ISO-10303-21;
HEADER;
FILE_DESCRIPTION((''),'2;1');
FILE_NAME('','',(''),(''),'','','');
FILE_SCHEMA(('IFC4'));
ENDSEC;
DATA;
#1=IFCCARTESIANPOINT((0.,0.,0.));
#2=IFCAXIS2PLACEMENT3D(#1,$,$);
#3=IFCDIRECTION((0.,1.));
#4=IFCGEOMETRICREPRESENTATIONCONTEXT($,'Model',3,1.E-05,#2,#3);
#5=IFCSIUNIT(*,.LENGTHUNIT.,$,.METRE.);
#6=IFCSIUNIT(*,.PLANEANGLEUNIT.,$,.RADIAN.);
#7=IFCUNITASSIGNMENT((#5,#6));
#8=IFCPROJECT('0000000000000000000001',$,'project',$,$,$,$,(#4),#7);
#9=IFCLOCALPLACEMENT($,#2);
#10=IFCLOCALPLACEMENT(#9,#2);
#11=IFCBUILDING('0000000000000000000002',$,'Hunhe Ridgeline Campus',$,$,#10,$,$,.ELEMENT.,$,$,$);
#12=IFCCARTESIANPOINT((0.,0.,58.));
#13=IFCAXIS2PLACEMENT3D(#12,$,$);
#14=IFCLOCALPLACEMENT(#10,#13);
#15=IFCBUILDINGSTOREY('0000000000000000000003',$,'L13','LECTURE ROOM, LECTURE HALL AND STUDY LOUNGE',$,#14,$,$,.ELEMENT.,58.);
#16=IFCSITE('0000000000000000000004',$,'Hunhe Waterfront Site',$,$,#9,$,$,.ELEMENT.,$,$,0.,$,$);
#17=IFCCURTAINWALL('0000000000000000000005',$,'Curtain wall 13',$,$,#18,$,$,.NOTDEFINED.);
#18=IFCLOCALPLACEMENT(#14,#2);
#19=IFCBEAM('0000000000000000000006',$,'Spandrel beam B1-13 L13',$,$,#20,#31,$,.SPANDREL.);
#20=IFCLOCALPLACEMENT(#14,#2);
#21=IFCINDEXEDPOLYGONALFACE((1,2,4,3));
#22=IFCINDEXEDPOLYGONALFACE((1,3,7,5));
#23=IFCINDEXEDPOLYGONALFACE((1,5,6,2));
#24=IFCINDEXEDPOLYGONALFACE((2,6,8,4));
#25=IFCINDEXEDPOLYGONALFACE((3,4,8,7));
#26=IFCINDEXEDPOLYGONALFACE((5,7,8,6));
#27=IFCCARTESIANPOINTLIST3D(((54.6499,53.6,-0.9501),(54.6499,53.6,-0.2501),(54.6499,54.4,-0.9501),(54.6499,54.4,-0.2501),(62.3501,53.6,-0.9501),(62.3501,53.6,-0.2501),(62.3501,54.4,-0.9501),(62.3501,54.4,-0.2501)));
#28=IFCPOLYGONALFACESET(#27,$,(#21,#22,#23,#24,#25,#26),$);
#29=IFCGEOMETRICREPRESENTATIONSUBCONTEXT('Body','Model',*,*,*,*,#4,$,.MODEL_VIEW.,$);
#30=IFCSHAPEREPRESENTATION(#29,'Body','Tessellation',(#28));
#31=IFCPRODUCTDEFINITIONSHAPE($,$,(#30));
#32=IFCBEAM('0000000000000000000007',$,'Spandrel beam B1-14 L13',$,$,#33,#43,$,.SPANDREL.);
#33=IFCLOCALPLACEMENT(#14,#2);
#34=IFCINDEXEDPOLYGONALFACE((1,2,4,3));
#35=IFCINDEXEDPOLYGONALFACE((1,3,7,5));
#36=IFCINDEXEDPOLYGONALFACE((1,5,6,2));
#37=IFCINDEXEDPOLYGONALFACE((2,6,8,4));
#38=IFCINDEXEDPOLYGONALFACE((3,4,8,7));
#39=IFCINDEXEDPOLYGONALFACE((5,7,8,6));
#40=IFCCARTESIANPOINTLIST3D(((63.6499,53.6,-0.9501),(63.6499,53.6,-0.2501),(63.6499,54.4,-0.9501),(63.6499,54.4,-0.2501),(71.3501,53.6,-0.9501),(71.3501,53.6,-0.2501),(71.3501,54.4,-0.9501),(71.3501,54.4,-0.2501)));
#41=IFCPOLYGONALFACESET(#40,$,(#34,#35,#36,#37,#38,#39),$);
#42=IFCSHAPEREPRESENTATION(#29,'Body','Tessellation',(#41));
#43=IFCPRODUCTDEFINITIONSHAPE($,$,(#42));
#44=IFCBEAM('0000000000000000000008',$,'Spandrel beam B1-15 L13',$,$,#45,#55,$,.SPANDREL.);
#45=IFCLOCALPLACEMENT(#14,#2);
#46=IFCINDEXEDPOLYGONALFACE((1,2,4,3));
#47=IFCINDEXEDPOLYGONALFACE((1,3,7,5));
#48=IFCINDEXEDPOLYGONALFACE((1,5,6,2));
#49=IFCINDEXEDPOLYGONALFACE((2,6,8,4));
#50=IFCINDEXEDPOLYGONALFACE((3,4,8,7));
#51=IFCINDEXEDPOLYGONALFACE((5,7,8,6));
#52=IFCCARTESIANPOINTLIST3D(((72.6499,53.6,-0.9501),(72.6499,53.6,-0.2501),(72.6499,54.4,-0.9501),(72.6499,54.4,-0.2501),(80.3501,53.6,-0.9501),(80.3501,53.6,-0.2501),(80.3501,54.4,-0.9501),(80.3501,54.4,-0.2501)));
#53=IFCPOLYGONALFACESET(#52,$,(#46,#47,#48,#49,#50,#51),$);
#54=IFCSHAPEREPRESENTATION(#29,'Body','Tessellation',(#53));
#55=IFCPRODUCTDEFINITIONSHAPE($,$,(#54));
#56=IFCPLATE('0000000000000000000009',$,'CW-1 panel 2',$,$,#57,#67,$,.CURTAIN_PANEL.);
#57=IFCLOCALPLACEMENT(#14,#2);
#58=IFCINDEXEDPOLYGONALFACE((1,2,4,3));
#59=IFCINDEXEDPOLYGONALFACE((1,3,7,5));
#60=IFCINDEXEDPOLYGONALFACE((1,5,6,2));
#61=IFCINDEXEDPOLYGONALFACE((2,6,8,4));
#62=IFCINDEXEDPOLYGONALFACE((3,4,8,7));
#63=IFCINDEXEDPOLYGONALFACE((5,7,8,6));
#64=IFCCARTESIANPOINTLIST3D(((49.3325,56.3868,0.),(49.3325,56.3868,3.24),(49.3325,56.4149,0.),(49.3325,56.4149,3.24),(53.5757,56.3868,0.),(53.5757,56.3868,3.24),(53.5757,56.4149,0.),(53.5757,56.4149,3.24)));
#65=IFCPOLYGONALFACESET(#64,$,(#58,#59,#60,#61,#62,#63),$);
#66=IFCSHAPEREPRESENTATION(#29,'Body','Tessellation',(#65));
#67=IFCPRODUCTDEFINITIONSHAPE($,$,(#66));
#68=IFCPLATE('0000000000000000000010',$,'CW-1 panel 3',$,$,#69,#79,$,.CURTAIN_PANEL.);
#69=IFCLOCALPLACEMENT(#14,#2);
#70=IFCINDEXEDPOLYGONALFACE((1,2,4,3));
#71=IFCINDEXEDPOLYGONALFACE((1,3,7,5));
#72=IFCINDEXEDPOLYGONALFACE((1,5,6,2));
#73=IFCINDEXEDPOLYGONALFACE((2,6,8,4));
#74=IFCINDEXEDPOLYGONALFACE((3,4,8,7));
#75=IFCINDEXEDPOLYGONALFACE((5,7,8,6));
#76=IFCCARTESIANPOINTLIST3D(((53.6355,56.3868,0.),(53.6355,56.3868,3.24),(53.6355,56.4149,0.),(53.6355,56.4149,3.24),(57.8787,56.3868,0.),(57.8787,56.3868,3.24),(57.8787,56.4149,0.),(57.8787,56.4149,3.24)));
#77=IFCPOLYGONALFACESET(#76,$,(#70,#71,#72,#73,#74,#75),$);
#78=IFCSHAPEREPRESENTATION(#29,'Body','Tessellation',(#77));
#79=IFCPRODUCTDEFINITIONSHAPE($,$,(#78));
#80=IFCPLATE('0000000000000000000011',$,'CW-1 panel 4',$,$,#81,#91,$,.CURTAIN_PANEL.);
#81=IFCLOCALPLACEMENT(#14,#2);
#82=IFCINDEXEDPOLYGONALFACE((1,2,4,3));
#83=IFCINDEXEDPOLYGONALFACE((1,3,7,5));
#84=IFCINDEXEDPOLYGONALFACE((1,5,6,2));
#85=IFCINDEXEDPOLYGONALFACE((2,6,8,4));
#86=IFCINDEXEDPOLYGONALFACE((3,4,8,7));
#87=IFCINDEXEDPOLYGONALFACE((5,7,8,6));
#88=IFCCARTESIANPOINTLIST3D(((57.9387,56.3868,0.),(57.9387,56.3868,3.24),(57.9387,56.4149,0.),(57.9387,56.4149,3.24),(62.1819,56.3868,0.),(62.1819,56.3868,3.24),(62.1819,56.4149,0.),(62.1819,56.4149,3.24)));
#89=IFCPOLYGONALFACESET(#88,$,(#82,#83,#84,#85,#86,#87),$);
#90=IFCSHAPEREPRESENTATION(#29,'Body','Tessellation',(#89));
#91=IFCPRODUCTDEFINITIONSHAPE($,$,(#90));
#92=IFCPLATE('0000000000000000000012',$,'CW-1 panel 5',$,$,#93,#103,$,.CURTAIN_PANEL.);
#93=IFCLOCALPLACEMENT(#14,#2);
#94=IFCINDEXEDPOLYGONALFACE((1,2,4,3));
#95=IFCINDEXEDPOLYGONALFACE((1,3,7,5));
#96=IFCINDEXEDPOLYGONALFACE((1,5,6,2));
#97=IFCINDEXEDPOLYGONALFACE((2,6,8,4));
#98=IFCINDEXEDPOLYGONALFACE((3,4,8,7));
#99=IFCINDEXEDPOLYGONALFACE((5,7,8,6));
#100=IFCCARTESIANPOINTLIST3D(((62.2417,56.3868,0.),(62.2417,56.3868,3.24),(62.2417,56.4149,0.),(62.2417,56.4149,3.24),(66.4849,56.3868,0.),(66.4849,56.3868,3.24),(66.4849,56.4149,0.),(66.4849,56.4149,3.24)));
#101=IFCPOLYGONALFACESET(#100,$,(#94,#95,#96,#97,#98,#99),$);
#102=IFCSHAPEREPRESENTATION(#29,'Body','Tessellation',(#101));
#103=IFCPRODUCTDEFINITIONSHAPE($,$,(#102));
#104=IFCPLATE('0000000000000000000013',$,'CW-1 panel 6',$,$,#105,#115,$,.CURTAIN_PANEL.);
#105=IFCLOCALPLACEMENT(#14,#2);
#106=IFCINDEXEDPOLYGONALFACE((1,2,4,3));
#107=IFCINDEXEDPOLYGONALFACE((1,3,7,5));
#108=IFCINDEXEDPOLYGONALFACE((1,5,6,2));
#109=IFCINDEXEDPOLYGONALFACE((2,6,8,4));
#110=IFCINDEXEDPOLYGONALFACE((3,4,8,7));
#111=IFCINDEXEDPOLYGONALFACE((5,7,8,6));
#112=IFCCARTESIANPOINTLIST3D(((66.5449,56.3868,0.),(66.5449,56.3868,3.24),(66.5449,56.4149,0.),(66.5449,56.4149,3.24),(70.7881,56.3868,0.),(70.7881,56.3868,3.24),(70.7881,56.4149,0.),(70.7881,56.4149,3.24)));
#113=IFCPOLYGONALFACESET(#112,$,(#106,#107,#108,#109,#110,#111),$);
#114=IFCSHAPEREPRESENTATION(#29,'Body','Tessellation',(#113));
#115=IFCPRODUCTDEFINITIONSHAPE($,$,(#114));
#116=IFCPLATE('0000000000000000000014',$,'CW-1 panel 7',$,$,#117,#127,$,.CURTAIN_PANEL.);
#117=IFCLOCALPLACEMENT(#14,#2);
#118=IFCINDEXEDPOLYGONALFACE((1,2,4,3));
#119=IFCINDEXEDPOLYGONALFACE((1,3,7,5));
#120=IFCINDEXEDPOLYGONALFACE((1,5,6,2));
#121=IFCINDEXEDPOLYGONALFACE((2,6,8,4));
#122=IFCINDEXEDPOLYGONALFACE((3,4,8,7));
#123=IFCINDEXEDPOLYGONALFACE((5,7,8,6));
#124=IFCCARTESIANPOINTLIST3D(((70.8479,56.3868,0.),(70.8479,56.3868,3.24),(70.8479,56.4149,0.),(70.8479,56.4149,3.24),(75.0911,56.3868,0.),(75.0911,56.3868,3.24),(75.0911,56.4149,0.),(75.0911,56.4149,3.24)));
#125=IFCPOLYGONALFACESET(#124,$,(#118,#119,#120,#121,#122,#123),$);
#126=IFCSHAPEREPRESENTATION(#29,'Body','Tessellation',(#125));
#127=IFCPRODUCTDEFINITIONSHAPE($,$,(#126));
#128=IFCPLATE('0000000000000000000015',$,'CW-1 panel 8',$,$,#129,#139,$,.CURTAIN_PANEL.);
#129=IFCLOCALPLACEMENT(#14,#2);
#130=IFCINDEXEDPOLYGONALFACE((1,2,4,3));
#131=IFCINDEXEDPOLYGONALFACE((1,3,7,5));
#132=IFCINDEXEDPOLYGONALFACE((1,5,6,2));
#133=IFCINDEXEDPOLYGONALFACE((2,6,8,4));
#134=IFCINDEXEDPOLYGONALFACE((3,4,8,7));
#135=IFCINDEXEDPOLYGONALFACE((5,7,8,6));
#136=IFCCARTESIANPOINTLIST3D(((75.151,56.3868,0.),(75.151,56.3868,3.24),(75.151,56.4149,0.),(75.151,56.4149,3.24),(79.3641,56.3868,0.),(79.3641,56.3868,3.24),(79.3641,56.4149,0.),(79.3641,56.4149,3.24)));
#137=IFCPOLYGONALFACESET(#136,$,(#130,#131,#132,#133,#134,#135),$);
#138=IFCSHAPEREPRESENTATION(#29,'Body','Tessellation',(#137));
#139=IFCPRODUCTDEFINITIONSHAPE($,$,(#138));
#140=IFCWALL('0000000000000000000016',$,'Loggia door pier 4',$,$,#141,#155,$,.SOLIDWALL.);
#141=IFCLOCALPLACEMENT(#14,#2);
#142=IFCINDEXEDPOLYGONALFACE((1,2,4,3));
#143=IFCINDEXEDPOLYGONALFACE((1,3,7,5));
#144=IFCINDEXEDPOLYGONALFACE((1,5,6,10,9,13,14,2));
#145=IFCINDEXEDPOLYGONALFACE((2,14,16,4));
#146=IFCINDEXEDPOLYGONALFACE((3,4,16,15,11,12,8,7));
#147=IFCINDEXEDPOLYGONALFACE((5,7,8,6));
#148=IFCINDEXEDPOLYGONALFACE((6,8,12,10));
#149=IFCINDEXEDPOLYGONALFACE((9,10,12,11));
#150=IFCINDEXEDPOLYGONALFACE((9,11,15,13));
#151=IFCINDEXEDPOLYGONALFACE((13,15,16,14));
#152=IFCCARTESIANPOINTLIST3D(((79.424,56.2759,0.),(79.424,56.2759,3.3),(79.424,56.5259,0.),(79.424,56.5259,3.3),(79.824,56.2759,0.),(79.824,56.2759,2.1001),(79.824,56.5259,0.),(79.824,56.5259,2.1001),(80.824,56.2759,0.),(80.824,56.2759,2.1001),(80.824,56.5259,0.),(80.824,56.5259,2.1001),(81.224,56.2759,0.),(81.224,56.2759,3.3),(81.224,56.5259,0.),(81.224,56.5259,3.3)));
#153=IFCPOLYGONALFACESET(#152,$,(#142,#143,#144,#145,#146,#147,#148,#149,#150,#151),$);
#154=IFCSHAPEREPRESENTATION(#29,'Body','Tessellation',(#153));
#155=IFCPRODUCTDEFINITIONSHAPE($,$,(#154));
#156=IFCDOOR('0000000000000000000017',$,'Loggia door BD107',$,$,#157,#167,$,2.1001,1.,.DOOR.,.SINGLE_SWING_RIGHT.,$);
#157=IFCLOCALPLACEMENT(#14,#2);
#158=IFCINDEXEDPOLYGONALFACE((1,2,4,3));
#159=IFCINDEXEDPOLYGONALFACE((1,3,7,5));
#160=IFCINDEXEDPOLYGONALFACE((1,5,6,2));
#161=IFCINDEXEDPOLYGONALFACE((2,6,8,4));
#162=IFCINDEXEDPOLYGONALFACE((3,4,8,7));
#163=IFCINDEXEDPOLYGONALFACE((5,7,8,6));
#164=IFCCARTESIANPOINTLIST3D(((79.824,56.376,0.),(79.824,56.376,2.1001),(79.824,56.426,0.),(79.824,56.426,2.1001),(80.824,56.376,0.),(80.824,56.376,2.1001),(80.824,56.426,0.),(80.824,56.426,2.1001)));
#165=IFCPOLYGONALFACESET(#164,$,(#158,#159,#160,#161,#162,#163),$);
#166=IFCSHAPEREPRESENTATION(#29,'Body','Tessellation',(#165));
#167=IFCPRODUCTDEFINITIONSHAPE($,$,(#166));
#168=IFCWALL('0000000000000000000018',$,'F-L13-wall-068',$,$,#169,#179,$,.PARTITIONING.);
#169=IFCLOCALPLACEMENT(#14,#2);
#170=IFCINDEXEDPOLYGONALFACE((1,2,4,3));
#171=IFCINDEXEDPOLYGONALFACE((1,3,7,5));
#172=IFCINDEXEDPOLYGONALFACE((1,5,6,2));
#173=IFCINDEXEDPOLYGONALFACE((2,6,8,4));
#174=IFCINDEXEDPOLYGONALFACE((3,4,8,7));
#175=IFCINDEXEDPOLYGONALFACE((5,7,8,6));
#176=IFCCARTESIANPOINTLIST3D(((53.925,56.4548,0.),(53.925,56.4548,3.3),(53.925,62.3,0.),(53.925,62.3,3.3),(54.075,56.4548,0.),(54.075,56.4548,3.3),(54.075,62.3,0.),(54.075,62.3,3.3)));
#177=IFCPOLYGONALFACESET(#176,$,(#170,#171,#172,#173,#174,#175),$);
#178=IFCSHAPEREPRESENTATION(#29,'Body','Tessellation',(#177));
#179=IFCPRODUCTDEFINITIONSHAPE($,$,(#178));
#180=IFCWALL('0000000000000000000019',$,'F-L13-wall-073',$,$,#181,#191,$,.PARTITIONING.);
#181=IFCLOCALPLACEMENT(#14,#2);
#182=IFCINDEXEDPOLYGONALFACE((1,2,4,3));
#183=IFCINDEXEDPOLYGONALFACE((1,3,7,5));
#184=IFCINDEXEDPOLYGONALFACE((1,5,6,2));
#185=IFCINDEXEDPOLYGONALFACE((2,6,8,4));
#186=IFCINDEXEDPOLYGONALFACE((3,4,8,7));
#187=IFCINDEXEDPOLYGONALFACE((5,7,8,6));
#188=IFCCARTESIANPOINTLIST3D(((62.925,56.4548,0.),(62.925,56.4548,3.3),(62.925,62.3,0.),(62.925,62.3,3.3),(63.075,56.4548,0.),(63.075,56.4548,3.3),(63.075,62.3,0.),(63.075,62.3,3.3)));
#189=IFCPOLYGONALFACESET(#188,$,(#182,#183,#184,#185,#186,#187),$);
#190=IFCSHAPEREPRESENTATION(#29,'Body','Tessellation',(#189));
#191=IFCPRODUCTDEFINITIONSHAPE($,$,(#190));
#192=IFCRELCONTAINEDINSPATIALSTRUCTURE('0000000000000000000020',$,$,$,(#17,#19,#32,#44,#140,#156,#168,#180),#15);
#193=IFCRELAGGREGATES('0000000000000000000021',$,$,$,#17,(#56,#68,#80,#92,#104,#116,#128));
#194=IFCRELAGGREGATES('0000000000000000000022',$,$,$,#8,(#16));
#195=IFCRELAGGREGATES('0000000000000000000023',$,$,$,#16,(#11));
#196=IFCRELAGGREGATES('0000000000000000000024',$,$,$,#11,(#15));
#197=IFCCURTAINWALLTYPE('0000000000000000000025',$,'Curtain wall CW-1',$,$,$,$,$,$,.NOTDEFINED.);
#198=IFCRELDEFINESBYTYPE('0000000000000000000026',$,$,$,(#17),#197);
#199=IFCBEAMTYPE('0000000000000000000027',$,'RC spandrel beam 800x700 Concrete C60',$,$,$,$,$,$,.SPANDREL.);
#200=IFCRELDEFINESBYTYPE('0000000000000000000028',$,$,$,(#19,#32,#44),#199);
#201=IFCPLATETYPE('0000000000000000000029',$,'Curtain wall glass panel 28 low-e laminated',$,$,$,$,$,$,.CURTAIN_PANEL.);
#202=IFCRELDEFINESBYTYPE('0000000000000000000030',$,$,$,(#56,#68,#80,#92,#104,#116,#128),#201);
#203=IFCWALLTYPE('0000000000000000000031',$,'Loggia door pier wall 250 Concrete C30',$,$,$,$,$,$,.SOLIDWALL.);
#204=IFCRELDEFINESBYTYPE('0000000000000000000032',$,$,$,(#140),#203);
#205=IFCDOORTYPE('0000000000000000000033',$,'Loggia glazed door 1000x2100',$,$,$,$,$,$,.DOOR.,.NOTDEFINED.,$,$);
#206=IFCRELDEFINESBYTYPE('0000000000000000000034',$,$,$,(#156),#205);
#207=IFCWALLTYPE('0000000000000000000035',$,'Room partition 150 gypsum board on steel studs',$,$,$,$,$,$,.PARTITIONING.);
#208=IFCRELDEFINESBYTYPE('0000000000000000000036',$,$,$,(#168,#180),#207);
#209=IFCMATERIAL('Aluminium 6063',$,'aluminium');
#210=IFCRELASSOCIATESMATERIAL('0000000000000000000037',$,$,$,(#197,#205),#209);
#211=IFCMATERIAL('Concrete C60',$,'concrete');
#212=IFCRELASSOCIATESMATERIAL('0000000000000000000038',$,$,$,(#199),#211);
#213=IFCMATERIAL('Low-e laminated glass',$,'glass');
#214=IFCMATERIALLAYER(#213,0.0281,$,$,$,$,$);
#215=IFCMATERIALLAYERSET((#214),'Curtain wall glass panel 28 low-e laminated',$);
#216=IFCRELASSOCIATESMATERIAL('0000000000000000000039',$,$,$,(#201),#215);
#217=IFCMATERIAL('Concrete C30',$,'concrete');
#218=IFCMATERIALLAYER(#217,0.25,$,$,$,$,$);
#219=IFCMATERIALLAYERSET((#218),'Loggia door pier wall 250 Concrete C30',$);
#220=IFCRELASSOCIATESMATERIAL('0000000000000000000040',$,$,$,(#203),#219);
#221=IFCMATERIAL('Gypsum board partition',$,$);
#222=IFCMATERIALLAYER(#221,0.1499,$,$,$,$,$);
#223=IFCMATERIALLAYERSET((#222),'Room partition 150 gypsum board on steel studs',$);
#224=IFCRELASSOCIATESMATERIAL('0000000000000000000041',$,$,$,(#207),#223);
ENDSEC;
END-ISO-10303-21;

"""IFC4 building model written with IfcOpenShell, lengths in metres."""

from ifc_helpers import new_model, si_unit, direction, frame, frame_2d, origin, origin_2d, place, context, subcontext, project, spatial, rectangle, extrude, material, layer, layer_set, material_profile, profile_set, type_object, element, fill, aggregate, save


model = new_model("IFC4")

# Units and contexts
model_context = context("Model", 3, precision=1e-05, world=origin(), true_north=direction((0.0, 1.0)))
body_context = subcontext(model_context, "Body", "Model", "MODEL_VIEW")
ifc_project = project(units=[si_unit("LENGTHUNIT", "METRE"), si_unit("PLANEANGLEUNIT", "RADIAN")], contexts=[model_context])

# Site, building, storey
site_placement = place(None, origin())
site = spatial("IfcSite", under=ifc_project, at=site_placement, Name="Hunhe Waterfront Site", CompositionType="ELEMENT", RefElevation=0.0)
building_placement = place(site_placement, origin())
building = spatial("IfcBuilding", under=site, at=building_placement, Name="Hunhe Ridgeline Campus", CompositionType="ELEMENT")
storey_placement = place(building_placement, frame((0.0, 0.0, 58.0)))
storey = spatial("IfcBuildingStorey", under=building, at=storey_placement, Name="L13", Description="LECTURE ROOM, LECTURE HALL AND STUDY LOUNGE", CompositionType="ELEMENT", Elevation=58.0)

# Curtain wall
ifc_material_1 = material(Name="Aluminium 6063", Category="aluminium")
curtain_wall_type = type_object("IfcCurtainWallType", Name="Curtain wall CW-1", PredefinedType="NOTDEFINED", material=ifc_material_1)
curtain_wall_placement = place(storey_placement, origin())
curtain_wall = element("IfcCurtainWall", 1, at=curtain_wall_placement, inside=storey, type_object=curtain_wall_type, Name="Curtain wall 13", PredefinedType="NOTDEFINED")

# Beams
ifc_material_2 = material(Name="Concrete C60", Category="concrete")
ifc_material_profile_1 = material_profile(ifc_material_2, rectangle(XDim=0.8, YDim=0.7, at=origin_2d()))
ifc_profile_set_1 = profile_set([ifc_material_profile_1], Name="Concrete C60")
beam_type = type_object("IfcBeamType", Name="RC spandrel beam 800x700 Concrete C60", PredefinedType="SPANDREL", material=ifc_profile_set_1)
for number, where, z_axis, x_axis, name in (
    (2, (54.6499, 54.0, -0.6001), (1.0, 0.0, 0.0), (0.0, 1.0, 0.0), "Spandrel beam B1-13 L13"),
    (3, (63.6499, 54.0, -0.6001), (1.0, 0.0, 0.0), (0.0, 1.0, 0.0), "Spandrel beam B1-14 L13"),
    (4, (72.6499, 54.0, -0.6001), (1.0, 0.0, 0.0), (0.0, 1.0, 0.0), "Spandrel beam B1-15 L13"),
):
    element("IfcBeam", number, at=place(storey_placement, frame(where, z_axis=z_axis, x_axis=x_axis)), inside=storey, type_object=beam_type, Name=name, PredefinedType="SPANDREL", context=body_context, shape_type="SweptSolid", body=[
        extrude(rectangle(XDim=0.8, YDim=0.7, at=origin_2d()), origin(), (0.0, 0.0, 1.0), 7.7002),
    ])

# Plates
ifc_material_3 = material(Name="Low-e laminated glass", Category="glass")
ifc_layer_1 = layer(ifc_material_3, 0.0281)
ifc_layer_set_1 = layer_set([ifc_layer_1], Name="Curtain wall glass panel 28 low-e laminated")
plate_type = type_object("IfcPlateType", Name="Curtain wall glass panel 28 low-e laminated", PredefinedType="CURTAIN_PANEL", material=ifc_layer_set_1)
plate_1_placement = place(storey_placement, frame((51.4541, 56.4009, 0.0), z_axis=(0.0, 0.0, 1.0), x_axis=(1.0, 0.000004, 0.0)))
plate_1 = element("IfcPlate", 5, at=plate_1_placement, type_object=plate_type, Name="CW-1 panel 2", PredefinedType="CURTAIN_PANEL", context=body_context, shape_type="SweptSolid", body=[
    extrude(rectangle(XDim=4.2432, YDim=0.0281, at=origin_2d()), origin(), (0.0, 0.0, 1.0), 3.24),
])
plate_2_placement = place(storey_placement, frame((55.7571, 56.4009, 0.0), z_axis=(0.0, 0.0, 1.0), x_axis=(1.0, 0.000004, 0.0)))
plate_2 = element("IfcPlate", 6, at=plate_2_placement, type_object=plate_type, Name="CW-1 panel 3", PredefinedType="CURTAIN_PANEL", context=body_context, shape_type="SweptSolid", body=[
    extrude(rectangle(XDim=4.2432, YDim=0.0281, at=origin_2d()), origin(), (0.0, 0.0, 1.0), 3.24),
])
plate_3_placement = place(storey_placement, frame((60.0603, 56.4009, 0.0), z_axis=(0.0, 0.0, 1.0), x_axis=(1.0, 0.000004, 0.0)))
plate_3 = element("IfcPlate", 7, at=plate_3_placement, type_object=plate_type, Name="CW-1 panel 4", PredefinedType="CURTAIN_PANEL", context=body_context, shape_type="SweptSolid", body=[
    extrude(rectangle(XDim=4.2432, YDim=0.0281, at=origin_2d()), origin(), (0.0, 0.0, 1.0), 3.24),
])
plate_4_placement = place(storey_placement, frame((64.3633, 56.4009, 0.0), z_axis=(0.0, 0.0, 1.0), x_axis=(1.0, 0.000004, 0.0)))
plate_4 = element("IfcPlate", 8, at=plate_4_placement, type_object=plate_type, Name="CW-1 panel 5", PredefinedType="CURTAIN_PANEL", context=body_context, shape_type="SweptSolid", body=[
    extrude(rectangle(XDim=4.2432, YDim=0.0281, at=origin_2d()), origin(), (0.0, 0.0, 1.0), 3.24),
])
plate_5_placement = place(storey_placement, frame((68.6665, 56.4009, 0.0), z_axis=(0.0, 0.0, 1.0), x_axis=(1.0, 0.000004, 0.0)))
plate_5 = element("IfcPlate", 9, at=plate_5_placement, type_object=plate_type, Name="CW-1 panel 6", PredefinedType="CURTAIN_PANEL", context=body_context, shape_type="SweptSolid", body=[
    extrude(rectangle(XDim=4.2432, YDim=0.0281, at=origin_2d()), origin(), (0.0, 0.0, 1.0), 3.24),
])
plate_6_placement = place(storey_placement, frame((72.9695, 56.4009, 0.0), z_axis=(0.0, 0.0, 1.0), x_axis=(1.0, 0.000004, 0.0)))
plate_6 = element("IfcPlate", 10, at=plate_6_placement, type_object=plate_type, Name="CW-1 panel 7", PredefinedType="CURTAIN_PANEL", context=body_context, shape_type="SweptSolid", body=[
    extrude(rectangle(XDim=4.2432, YDim=0.0281, at=origin_2d()), origin(), (0.0, 0.0, 1.0), 3.24),
])
plate_7_placement = place(storey_placement, frame((77.2576, 56.4009, 0.0), z_axis=(0.0, 0.0, 1.0), x_axis=(1.0, 0.000004, 0.0)))
plate_7 = element("IfcPlate", 11, at=plate_7_placement, type_object=plate_type, Name="CW-1 panel 8", PredefinedType="CURTAIN_PANEL", context=body_context, shape_type="SweptSolid", body=[
    extrude(rectangle(XDim=4.2131, YDim=0.0281, at=origin_2d()), origin(), (0.0, 0.0, 1.0), 3.24),
])
aggregate(curtain_wall, [plate_1, plate_2, plate_3, plate_4, plate_5, plate_6, plate_7])

# Wall, opening, door
ifc_material_4 = material(Name="Concrete C30", Category="concrete")
ifc_layer_2 = layer(ifc_material_4, 0.25)
ifc_layer_set_2 = layer_set([ifc_layer_2], Name="Loggia door pier wall 250 Concrete C30")
wall_type_1 = type_object("IfcWallType", Name="Loggia door pier wall 250 Concrete C30", PredefinedType="SOLIDWALL", material=ifc_layer_set_2)
wall_placement = place(storey_placement, frame((79.4241, 56.4009, 0.0), z_axis=(0.0, 0.0, 1.0), x_axis=(1.0, 0.0, 0.0)))
wall = element("IfcWall", 12, at=wall_placement, inside=storey, type_object=wall_type_1, Name="Loggia door pier 4", PredefinedType="SOLIDWALL", context=body_context, shape_type="SweptSolid", body=[
    extrude(rectangle(XDim=1.8, YDim=0.25, at=frame_2d((0.8999, 0.0))), origin(), (0.0, 0.0, 1.0), 3.3),
])
opening_placement = place(wall_placement, frame((0.3999, 0.0, 0.0)))
opening = element("IfcOpeningElement", 13, at=opening_placement, cuts=wall, PredefinedType="OPENING", context=body_context, shape_type="SweptSolid", body=[
    extrude(rectangle(XDim=1.0, YDim=2.1001, at=frame_2d((0.5, 1.05))), frame((0.0, 0.125, 0.0), z_axis=(0.0, -1.0, 0.0), x_axis=(1.0, 0.0, 0.0)), (0.0, 0.0, 1.0), 0.25),
])
door_type = type_object("IfcDoorType", Name="Loggia glazed door 1000x2100", OperationType="NOTDEFINED", PredefinedType="DOOR", material=ifc_material_1)
door_placement = place(opening_placement, frame((1.0, 0.0, 0.0), z_axis=(0.0, 0.0, 1.0), x_axis=(-1.0, 0.0, 0.0)))
door = element("IfcDoor", 14, at=door_placement, inside=storey, type_object=door_type, Name="Loggia door BD107", OperationType="SINGLE_SWING_RIGHT", OverallHeight=2.1001, OverallWidth=1.0, PredefinedType="DOOR", context=body_context, shape_type="SweptSolid", body=[
    extrude(rectangle(XDim=1.0, YDim=2.1001, at=frame_2d((0.5, 1.05))), frame((0.0, 0.0249, 0.0), z_axis=(0.0, -1.0, 0.0), x_axis=(1.0, 0.0, 0.0)), (0.0, 0.0, 1.0), 0.05),
])
fill(opening, door)

# Walls
ifc_material_5 = material(Name="Gypsum board partition")
ifc_layer_3 = layer(ifc_material_5, 0.1499)
ifc_layer_set_3 = layer_set([ifc_layer_3], Name="Room partition 150 gypsum board on steel studs")
wall_type_2 = type_object("IfcWallType", Name="Room partition 150 gypsum board on steel studs", PredefinedType="PARTITIONING", material=ifc_layer_set_3)
for number, where, z_axis, x_axis, name in (
    (15, (54.0, 62.3, 0.0), (0.0, 0.0, 1.0), (0.0, -1.0, 0.0), "F-L13-wall-068"),
    (16, (63.0, 62.3, 0.0), (0.0, 0.0, 1.0), (0.0, -1.0, 0.0), "F-L13-wall-073"),
):
    element("IfcWall", number, at=place(storey_placement, frame(where, z_axis=z_axis, x_axis=x_axis)), inside=storey, type_object=wall_type_2, Name=name, PredefinedType="PARTITIONING", context=body_context, shape_type="SweptSolid", body=[
        extrude(rectangle(XDim=5.8452, YDim=0.1499, at=frame_2d((2.9226, 0.0))), origin(), (0.0, 0.0, 1.0), 3.3),
    ])

save(model, "model.ifc")
